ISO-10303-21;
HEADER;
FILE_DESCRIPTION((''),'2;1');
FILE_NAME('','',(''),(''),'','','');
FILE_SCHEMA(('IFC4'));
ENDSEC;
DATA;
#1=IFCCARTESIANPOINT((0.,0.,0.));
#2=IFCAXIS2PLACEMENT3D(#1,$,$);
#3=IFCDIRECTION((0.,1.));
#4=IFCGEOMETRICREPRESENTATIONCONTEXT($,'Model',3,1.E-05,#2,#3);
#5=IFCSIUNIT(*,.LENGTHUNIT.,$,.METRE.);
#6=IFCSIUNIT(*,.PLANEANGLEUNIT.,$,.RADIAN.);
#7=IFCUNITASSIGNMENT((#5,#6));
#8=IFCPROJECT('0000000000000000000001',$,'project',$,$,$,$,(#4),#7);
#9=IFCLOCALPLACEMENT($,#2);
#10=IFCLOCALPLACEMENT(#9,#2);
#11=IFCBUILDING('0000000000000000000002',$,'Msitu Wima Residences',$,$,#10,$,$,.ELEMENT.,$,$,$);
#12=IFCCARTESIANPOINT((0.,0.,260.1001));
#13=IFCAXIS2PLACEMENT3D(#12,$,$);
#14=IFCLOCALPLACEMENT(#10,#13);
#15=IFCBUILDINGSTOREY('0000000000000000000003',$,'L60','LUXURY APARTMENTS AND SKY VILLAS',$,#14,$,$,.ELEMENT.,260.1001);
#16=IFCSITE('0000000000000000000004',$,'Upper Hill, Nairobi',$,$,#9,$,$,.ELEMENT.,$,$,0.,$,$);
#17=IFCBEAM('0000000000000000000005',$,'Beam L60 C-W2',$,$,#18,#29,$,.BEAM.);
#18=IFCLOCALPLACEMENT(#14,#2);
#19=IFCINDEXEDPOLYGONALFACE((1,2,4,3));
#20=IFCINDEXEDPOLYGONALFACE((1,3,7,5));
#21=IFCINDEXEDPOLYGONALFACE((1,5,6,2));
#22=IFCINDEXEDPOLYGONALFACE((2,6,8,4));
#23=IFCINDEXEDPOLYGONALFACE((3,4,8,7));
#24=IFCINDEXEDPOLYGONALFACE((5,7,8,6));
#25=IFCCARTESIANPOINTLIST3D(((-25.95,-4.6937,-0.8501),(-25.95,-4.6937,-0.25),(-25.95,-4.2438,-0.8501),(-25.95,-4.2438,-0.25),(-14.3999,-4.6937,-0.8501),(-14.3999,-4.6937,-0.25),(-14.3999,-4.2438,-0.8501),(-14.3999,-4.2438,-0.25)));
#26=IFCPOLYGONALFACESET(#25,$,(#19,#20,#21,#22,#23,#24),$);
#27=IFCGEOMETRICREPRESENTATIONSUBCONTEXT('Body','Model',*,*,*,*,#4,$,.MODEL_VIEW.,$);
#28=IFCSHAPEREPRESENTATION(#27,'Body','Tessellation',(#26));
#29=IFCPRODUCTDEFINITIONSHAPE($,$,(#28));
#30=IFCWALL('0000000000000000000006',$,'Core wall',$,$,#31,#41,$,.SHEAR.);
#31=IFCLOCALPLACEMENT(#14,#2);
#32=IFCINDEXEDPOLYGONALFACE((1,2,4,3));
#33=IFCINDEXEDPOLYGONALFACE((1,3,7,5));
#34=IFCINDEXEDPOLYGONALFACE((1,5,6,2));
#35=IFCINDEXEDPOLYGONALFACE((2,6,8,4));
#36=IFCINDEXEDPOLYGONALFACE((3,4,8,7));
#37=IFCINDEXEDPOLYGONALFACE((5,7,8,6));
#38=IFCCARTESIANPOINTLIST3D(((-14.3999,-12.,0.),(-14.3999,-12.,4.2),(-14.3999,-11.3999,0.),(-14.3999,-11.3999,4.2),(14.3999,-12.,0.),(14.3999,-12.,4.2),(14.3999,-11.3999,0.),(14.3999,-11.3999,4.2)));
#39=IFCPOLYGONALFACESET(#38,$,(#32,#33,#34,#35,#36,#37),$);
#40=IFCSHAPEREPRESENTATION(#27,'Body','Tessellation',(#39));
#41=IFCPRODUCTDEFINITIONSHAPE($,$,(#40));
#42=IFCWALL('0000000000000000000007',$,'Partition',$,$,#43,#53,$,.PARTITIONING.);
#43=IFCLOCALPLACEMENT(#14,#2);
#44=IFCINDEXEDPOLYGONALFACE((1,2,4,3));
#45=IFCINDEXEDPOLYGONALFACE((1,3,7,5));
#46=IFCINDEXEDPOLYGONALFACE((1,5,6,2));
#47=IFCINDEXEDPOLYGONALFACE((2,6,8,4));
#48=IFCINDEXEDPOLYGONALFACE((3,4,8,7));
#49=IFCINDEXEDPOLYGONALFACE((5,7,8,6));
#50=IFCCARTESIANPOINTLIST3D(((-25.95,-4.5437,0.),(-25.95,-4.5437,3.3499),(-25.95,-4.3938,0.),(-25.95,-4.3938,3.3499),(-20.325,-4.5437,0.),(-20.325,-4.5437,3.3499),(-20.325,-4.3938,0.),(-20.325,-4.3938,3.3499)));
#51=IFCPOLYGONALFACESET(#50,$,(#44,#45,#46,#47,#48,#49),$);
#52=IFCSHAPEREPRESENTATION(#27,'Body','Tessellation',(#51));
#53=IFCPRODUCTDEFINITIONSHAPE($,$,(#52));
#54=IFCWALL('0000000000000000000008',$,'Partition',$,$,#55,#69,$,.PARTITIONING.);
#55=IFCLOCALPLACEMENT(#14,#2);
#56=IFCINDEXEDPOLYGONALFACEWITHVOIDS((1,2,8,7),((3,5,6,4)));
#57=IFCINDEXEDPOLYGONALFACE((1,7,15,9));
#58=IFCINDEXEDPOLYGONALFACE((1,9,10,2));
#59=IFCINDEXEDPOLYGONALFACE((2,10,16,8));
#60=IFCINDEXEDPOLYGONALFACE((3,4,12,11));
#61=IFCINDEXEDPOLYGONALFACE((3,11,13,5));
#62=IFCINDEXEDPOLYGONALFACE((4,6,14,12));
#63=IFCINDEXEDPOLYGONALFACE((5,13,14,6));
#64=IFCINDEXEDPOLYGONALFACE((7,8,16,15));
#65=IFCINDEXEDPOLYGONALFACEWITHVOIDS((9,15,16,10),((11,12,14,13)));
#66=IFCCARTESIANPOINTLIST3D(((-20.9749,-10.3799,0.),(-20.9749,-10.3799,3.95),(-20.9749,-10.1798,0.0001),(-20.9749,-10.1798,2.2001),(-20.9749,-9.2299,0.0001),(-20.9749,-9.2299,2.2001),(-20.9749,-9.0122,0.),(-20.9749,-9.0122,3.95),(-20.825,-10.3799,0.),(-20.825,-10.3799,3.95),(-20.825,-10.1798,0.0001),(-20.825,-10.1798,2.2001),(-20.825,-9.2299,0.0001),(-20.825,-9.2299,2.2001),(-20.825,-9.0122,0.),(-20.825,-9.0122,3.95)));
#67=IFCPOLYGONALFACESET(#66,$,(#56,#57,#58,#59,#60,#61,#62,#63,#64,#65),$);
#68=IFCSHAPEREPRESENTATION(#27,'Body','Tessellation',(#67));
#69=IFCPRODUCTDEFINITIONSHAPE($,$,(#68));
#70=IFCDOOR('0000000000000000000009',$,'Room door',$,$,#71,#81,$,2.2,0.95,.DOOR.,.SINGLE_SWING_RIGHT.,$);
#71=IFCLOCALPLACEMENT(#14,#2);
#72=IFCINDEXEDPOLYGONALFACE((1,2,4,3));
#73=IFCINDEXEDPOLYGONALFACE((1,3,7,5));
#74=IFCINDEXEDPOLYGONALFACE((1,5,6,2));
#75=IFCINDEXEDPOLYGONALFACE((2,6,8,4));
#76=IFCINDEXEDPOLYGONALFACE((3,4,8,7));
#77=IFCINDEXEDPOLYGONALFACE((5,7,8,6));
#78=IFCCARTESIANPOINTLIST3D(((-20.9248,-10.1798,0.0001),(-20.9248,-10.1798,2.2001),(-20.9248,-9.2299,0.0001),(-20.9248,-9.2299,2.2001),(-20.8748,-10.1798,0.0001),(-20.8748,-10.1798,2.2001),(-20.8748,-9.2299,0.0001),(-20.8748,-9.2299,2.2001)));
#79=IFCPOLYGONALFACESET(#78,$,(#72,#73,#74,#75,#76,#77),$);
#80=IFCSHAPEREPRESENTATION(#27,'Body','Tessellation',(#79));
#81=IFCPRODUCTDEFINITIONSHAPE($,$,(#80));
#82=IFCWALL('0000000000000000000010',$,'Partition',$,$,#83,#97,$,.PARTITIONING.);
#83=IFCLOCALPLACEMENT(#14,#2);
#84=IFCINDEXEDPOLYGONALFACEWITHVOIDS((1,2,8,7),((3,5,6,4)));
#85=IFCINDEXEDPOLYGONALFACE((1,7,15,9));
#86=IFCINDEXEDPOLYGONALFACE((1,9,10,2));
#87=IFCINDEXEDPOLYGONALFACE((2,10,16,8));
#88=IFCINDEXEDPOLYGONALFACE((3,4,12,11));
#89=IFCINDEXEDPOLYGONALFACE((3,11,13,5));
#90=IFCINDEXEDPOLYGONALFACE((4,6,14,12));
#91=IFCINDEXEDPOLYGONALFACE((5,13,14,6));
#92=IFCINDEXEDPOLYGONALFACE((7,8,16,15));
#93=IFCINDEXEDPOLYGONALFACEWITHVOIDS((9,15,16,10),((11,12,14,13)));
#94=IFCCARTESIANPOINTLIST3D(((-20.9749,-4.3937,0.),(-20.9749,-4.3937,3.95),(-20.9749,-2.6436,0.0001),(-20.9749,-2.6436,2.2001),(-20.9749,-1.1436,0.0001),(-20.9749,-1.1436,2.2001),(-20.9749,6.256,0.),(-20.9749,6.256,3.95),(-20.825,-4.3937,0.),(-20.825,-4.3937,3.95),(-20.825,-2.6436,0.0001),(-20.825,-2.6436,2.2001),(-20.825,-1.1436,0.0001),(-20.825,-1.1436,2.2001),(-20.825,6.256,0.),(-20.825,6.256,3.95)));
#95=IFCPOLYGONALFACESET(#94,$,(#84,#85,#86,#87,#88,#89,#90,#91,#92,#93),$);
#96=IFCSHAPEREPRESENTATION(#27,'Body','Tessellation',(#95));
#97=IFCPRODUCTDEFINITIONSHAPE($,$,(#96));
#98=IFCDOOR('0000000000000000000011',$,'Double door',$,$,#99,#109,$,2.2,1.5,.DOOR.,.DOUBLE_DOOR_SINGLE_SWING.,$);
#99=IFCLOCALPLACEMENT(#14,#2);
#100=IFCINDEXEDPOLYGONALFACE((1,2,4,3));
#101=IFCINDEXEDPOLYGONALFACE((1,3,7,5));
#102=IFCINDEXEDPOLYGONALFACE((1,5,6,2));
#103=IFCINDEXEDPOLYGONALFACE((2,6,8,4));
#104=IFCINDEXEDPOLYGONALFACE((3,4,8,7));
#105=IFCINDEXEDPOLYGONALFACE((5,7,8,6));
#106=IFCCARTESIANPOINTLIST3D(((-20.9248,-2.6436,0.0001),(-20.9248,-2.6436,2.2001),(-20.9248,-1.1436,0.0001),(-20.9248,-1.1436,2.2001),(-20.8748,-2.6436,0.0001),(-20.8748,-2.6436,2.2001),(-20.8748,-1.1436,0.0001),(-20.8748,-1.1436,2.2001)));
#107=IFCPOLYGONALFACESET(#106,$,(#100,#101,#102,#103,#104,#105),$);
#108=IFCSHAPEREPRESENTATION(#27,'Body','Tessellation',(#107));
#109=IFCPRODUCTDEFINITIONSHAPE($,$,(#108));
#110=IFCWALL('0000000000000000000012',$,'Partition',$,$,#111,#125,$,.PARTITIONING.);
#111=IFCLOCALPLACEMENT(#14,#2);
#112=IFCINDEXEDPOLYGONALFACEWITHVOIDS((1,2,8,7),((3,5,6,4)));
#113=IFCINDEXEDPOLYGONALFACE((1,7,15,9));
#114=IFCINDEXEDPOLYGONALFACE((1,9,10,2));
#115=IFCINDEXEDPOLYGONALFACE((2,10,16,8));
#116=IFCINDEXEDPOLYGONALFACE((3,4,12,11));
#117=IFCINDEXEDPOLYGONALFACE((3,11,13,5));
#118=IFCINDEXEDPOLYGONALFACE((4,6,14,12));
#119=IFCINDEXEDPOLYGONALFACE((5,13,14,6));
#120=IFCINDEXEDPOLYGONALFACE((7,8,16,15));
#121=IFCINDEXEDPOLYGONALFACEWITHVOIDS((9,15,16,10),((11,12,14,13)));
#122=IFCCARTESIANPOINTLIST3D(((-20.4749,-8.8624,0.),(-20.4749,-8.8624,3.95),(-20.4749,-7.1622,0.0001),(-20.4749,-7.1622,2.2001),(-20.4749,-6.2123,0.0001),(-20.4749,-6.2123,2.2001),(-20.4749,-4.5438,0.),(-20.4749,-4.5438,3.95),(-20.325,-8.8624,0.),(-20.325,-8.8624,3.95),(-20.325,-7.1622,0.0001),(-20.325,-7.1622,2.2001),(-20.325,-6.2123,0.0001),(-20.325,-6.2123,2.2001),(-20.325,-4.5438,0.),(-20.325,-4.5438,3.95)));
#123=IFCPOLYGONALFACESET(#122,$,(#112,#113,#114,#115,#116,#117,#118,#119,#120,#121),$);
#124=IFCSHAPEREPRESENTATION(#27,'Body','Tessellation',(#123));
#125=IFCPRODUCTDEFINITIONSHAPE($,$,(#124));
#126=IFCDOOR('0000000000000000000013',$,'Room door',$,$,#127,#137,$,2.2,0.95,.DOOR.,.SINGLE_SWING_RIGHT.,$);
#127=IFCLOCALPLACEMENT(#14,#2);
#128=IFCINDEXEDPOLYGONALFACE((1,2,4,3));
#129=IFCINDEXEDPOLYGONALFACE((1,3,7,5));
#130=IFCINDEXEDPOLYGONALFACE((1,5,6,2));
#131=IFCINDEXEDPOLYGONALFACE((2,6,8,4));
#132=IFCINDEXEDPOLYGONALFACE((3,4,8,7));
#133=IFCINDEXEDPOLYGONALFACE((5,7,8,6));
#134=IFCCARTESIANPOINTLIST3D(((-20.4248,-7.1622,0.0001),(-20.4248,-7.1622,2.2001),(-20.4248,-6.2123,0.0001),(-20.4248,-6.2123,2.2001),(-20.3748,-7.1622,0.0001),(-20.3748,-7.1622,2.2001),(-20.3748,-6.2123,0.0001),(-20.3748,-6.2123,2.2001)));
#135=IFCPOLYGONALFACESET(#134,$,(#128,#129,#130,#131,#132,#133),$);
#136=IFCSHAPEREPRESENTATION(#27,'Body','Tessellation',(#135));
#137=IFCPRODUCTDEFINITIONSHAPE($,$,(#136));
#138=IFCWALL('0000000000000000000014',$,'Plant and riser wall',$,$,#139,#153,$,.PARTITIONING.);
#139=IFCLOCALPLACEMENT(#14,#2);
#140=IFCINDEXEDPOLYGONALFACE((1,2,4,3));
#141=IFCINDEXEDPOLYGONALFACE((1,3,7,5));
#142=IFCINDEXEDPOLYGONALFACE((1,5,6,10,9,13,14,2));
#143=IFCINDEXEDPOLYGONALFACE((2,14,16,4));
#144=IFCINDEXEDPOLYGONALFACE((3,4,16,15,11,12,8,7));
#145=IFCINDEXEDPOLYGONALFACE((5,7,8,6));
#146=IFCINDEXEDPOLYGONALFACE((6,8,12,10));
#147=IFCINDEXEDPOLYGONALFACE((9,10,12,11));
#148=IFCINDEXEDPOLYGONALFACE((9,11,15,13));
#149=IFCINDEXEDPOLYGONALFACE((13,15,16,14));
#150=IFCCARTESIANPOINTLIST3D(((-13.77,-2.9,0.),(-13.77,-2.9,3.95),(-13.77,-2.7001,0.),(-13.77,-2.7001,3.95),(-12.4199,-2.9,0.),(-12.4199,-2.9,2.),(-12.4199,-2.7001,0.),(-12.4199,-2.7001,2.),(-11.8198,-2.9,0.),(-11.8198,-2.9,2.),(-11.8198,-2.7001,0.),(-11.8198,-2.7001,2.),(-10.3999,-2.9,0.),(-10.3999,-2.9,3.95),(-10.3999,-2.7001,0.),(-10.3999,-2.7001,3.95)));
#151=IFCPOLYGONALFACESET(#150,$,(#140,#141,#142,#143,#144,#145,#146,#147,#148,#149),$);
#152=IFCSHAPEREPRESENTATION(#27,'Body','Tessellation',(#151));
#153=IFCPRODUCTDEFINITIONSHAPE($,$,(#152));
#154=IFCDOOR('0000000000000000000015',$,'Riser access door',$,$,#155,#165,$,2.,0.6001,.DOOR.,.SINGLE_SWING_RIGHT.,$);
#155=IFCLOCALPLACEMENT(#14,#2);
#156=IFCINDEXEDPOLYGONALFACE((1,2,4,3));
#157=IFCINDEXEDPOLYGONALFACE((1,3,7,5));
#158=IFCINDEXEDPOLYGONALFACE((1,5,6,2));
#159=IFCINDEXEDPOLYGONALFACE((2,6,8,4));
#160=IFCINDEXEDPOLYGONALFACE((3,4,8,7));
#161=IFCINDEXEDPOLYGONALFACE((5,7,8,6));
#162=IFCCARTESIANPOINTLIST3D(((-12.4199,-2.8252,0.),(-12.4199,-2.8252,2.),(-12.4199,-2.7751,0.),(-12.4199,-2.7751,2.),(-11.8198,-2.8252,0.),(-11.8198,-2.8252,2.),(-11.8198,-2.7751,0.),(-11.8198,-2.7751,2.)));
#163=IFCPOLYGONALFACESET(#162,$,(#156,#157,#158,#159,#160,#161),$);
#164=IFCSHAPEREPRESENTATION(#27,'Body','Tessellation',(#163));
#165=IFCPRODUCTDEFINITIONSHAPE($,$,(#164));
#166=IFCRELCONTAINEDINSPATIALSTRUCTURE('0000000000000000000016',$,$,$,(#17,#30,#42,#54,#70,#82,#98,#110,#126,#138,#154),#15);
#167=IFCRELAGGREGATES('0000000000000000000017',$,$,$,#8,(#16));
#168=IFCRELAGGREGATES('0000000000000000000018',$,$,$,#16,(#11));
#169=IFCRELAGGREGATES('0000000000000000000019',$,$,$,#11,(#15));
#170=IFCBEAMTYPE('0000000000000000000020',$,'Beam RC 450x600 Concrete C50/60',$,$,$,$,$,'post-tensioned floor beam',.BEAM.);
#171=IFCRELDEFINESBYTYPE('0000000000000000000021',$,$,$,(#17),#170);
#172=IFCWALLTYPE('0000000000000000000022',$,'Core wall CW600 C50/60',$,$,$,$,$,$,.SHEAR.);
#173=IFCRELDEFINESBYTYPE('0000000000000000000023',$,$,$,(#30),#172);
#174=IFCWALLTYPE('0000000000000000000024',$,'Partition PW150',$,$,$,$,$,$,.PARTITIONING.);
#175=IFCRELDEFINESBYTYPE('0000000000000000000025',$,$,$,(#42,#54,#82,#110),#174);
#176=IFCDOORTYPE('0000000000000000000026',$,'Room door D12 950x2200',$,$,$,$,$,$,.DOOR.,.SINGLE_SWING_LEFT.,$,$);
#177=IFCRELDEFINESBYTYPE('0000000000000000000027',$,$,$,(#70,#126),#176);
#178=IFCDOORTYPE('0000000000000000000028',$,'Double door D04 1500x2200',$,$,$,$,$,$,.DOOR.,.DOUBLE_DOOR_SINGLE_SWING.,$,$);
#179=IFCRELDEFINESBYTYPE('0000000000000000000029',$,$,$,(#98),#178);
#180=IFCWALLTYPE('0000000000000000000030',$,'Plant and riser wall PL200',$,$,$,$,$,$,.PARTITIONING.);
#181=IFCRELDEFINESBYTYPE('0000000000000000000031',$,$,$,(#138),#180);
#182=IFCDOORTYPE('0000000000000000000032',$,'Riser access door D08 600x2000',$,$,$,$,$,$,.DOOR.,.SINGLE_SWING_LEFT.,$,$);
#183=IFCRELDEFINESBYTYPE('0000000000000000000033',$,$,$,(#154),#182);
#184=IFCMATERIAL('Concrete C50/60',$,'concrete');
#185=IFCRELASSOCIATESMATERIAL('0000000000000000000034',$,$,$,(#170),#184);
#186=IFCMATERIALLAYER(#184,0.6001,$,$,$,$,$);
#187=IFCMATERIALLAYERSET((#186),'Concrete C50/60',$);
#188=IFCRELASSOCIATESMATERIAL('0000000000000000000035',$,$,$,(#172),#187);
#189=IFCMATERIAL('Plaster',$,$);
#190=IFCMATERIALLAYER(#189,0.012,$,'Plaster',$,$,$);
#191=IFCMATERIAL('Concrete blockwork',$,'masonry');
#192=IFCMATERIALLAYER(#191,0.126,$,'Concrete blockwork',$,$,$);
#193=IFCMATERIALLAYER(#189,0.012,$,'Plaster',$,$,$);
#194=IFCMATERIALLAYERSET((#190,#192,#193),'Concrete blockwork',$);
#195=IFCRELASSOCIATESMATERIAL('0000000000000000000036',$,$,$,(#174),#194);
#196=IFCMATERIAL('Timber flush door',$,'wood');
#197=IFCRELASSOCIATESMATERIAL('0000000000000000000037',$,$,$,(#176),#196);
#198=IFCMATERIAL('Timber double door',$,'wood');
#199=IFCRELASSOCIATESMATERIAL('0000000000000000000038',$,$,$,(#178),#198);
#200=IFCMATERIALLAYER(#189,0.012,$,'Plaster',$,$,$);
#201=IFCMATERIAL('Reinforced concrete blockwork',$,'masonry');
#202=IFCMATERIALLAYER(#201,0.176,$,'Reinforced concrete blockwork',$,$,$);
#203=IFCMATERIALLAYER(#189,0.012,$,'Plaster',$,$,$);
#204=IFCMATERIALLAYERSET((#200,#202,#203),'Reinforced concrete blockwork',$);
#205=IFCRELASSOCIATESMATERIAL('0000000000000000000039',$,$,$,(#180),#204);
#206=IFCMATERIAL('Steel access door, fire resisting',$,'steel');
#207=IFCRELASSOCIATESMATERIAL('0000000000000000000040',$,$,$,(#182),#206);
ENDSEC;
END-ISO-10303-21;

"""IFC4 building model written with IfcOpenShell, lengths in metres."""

from ifc_helpers import new_model, si_unit, direction, frame, frame_2d, origin, origin_2d, place, context, subcontext, project, spatial, rectangle, extrude, material, layer, layer_set, material_profile, profile_set, type_object, element, fill, save


model = new_model("IFC4")

# Units and contexts
model_context = context("Model", 3, precision=1e-05, world=origin(), true_north=direction((0.0, 1.0)))
body_context = subcontext(model_context, "Body", "Model", "MODEL_VIEW")
ifc_project = project(units=[si_unit("LENGTHUNIT", "METRE"), si_unit("PLANEANGLEUNIT", "RADIAN")], contexts=[model_context])

# Site, building, storey
site_placement = place(None, origin())
site = spatial("IfcSite", under=ifc_project, at=site_placement, Name="Upper Hill, Nairobi", CompositionType="ELEMENT", RefElevation=0.0)
building_placement = place(site_placement, origin())
building = spatial("IfcBuilding", under=site, at=building_placement, Name="Msitu Wima Residences", CompositionType="ELEMENT")
storey_placement = place(building_placement, frame((0.0, 0.0, 260.1001)))
storey = spatial("IfcBuildingStorey", under=building, at=storey_placement, Name="L60", Description="LUXURY APARTMENTS AND SKY VILLAS", CompositionType="ELEMENT", Elevation=260.1001)

# Beam
ifc_material_1 = material(Name="Concrete C50/60", Category="concrete")
ifc_material_profile = material_profile(ifc_material_1, rectangle(XDim=0.45, YDim=0.6001, at=origin_2d()), Name="RC 450x600")
ifc_profile_set = profile_set([ifc_material_profile], Name="Concrete C50/60")
beam_type = type_object("IfcBeamType", Name="Beam RC 450x600 Concrete C50/60", ElementType="post-tensioned floor beam", PredefinedType="BEAM", material=ifc_profile_set)
beam_placement = place(storey_placement, frame((-25.95, -4.4688, -0.55), z_axis=(1.0, 0.0, 0.0), x_axis=(0.0, 1.0, 0.0)))
element("IfcBeam", 1, at=beam_placement, inside=storey, type_object=beam_type, Name="Beam L60 C-W2", PredefinedType="BEAM", context=body_context, shape_type="SweptSolid", body=[
    extrude(rectangle(XDim=0.45, YDim=0.6001, at=origin_2d()), origin(), (0.0, 0.0, 1.0), 11.55),
])

# Wall
ifc_layer_1 = layer(ifc_material_1, 0.6001)
ifc_layer_set_1 = layer_set([ifc_layer_1], Name="Concrete C50/60")
wall_type_1 = type_object("IfcWallType", Name="Core wall CW600 C50/60", PredefinedType="SHEAR", material=ifc_layer_set_1)
wall_1_placement = place(storey_placement, frame((-14.3999, -11.7, 0.0), z_axis=(0.0, 0.0, 1.0), x_axis=(1.0, 0.0, 0.0)))
element("IfcWall", 2, at=wall_1_placement, inside=storey, type_object=wall_type_1, Name="Core wall", PredefinedType="SHEAR", context=body_context, shape_type="SweptSolid", body=[
    extrude(rectangle(XDim=28.7998, YDim=0.6001, at=frame_2d((14.3999, 0.0))), origin(), (0.0, 0.0, 1.0), 4.2),
])

# Wall
ifc_material_2 = material(Name="Plaster")
ifc_layer_2 = layer(ifc_material_2, 0.012, Name="Plaster")
ifc_material_3 = material(Name="Concrete blockwork", Category="masonry")
ifc_layer_3 = layer(ifc_material_3, 0.126, Name="Concrete blockwork")
ifc_layer_4 = layer(ifc_material_2, 0.012, Name="Plaster")
ifc_layer_set_2 = layer_set([ifc_layer_2, ifc_layer_3, ifc_layer_4], Name="Concrete blockwork")
wall_type_2 = type_object("IfcWallType", Name="Partition PW150", PredefinedType="PARTITIONING", material=ifc_layer_set_2)
wall_2_placement = place(storey_placement, frame((-25.95, -4.4688, 0.0), z_axis=(0.0, 0.0, 1.0), x_axis=(1.0, 0.0, 0.0)))
element("IfcWall", 3, at=wall_2_placement, inside=storey, type_object=wall_type_2, Name="Partition", PredefinedType="PARTITIONING", context=body_context, shape_type="SweptSolid", body=[
    extrude(rectangle(XDim=5.625, YDim=0.1499, at=frame_2d((2.8125, 0.0))), origin(), (0.0, 0.0, 1.0), 3.3499),
])

# Walls, openings, doors
wall_3_placement = place(storey_placement, frame((-20.8999, -10.3799, 0.0), z_axis=(0.0, 0.0, 1.0), x_axis=(0.0, 1.0, 0.0)))
wall_3 = element("IfcWall", 4, at=wall_3_placement, inside=storey, type_object=wall_type_2, Name="Partition", PredefinedType="PARTITIONING", context=body_context, shape_type="SweptSolid", body=[
    extrude(rectangle(XDim=1.3677, YDim=0.1499, at=frame_2d((0.6838, 0.0))), origin(), (0.0, 0.0, 1.0), 3.95),
])
opening_1_placement = place(wall_3_placement, frame((0.2, 0.0, 0.0)))
opening_1 = element("IfcOpeningElement", 5, at=opening_1_placement, cuts=wall_3, PredefinedType="OPENING", context=body_context, shape_type="SweptSolid", body=[
    extrude(rectangle(XDim=0.95, YDim=2.2, at=frame_2d((0.4751, 1.1001))), frame((0.0, 0.085, 0.0), z_axis=(0.0, -1.0, 0.0), x_axis=(1.0, 0.0, 0.0)), (0.0, 0.0, 1.0), 0.1699),
])
ifc_material_4 = material(Name="Timber flush door", Category="wood")
door_type_1 = type_object("IfcDoorType", Name="Room door D12 950x2200", OperationType="SINGLE_SWING_LEFT", PredefinedType="DOOR", material=ifc_material_4)
door_1_placement = place(opening_1_placement, origin())
door_1 = element("IfcDoor", 6, at=door_1_placement, inside=storey, type_object=door_type_1, Name="Room door", OperationType="SINGLE_SWING_RIGHT", OverallHeight=2.2, OverallWidth=0.95, PredefinedType="DOOR", context=body_context, shape_type="SweptSolid", body=[
    extrude(rectangle(XDim=0.95, YDim=2.2, at=frame_2d((0.4751, 1.1001))), frame((0.0, 0.0249, 0.0), z_axis=(0.0, -1.0, 0.0), x_axis=(1.0, 0.0, 0.0)), (0.0, 0.0, 1.0), 0.05),
])
fill(opening_1, door_1)
wall_4_placement = place(storey_placement, frame((-20.8999, -4.3936, 0.0), z_axis=(0.0, 0.0, 1.0), x_axis=(0.0, 1.0, 0.0)))
wall_4 = element("IfcWall", 7, at=wall_4_placement, inside=storey, type_object=wall_type_2, Name="Partition", PredefinedType="PARTITIONING", context=body_context, shape_type="SweptSolid", body=[
    extrude(rectangle(XDim=10.6497, YDim=0.1499, at=frame_2d((5.3247, 0.0))), origin(), (0.0, 0.0, 1.0), 3.95),
])
opening_2_placement = place(wall_4_placement, frame((1.75, 0.0, 0.0)))
opening_2 = element("IfcOpeningElement", 8, at=opening_2_placement, cuts=wall_4, PredefinedType="OPENING", context=body_context, shape_type="SweptSolid", body=[
    extrude(rectangle(XDim=1.5, YDim=2.2, at=frame_2d((0.75, 1.1001))), frame((0.0, 0.085, 0.0), z_axis=(0.0, -1.0, 0.0), x_axis=(1.0, 0.0, 0.0)), (0.0, 0.0, 1.0), 0.1699),
])
ifc_material_5 = material(Name="Timber double door", Category="wood")
door_type_2 = type_object("IfcDoorType", Name="Double door D04 1500x2200", OperationType="DOUBLE_DOOR_SINGLE_SWING", PredefinedType="DOOR", material=ifc_material_5)
door_2_placement = place(opening_2_placement, origin())
door_2 = element("IfcDoor", 9, at=door_2_placement, inside=storey, type_object=door_type_2, Name="Double door", OperationType="DOUBLE_DOOR_SINGLE_SWING", OverallHeight=2.2, OverallWidth=1.5, PredefinedType="DOOR", context=body_context, shape_type="SweptSolid", body=[
    extrude(rectangle(XDim=1.5, YDim=2.2, at=frame_2d((0.75, 1.1001))), frame((0.0, 0.0249, 0.0), z_axis=(0.0, -1.0, 0.0), x_axis=(1.0, 0.0, 0.0)), (0.0, 0.0, 1.0), 0.05),
])
fill(opening_2, door_2)
wall_5_placement = place(storey_placement, frame((-20.3999, -8.8623, 0.0), z_axis=(0.0, 0.0, 1.0), x_axis=(0.0, 1.0, 0.0)))
wall_5 = element("IfcWall", 10, at=wall_5_placement, inside=storey, type_object=wall_type_2, Name="Partition", PredefinedType="PARTITIONING", context=body_context, shape_type="SweptSolid", body=[
    extrude(rectangle(XDim=4.3186, YDim=0.1499, at=frame_2d((2.1592, 0.0))), origin(), (0.0, 0.0, 1.0), 3.95),
])
opening_3_placement = place(wall_5_placement, frame((1.7, 0.0, 0.0)))
opening_3 = element("IfcOpeningElement", 11, at=opening_3_placement, cuts=wall_5, PredefinedType="OPENING", context=body_context, shape_type="SweptSolid", body=[
    extrude(rectangle(XDim=0.95, YDim=2.2, at=frame_2d((0.4751, 1.1001))), frame((0.0, 0.085, 0.0), z_axis=(0.0, -1.0, 0.0), x_axis=(1.0, 0.0, 0.0)), (0.0, 0.0, 1.0), 0.1699),
])
door_3_placement = place(opening_3_placement, origin())
door_3 = element("IfcDoor", 12, at=door_3_placement, inside=storey, type_object=door_type_1, Name="Room door", OperationType="SINGLE_SWING_RIGHT", OverallHeight=2.2, OverallWidth=0.95, PredefinedType="DOOR", context=body_context, shape_type="SweptSolid", body=[
    extrude(rectangle(XDim=0.95, YDim=2.2, at=frame_2d((0.4751, 1.1001))), frame((0.0, 0.0249, 0.0), z_axis=(0.0, -1.0, 0.0), x_axis=(1.0, 0.0, 0.0)), (0.0, 0.0, 1.0), 0.05),
])
fill(opening_3, door_3)
ifc_layer_5 = layer(ifc_material_2, 0.012, Name="Plaster")
ifc_material_6 = material(Name="Reinforced concrete blockwork", Category="masonry")
ifc_layer_6 = layer(ifc_material_6, 0.176, Name="Reinforced concrete blockwork")
ifc_layer_7 = layer(ifc_material_2, 0.012, Name="Plaster")
ifc_layer_set_3 = layer_set([ifc_layer_5, ifc_layer_6, ifc_layer_7], Name="Reinforced concrete blockwork")
wall_type_3 = type_object("IfcWallType", Name="Plant and riser wall PL200", PredefinedType="PARTITIONING", material=ifc_layer_set_3)
wall_6_placement = place(storey_placement, frame((-13.77, -2.8, 0.0), z_axis=(0.0, 0.0, 1.0), x_axis=(1.0, 0.0, 0.0)))
wall_6 = element("IfcWall", 13, at=wall_6_placement, inside=storey, type_object=wall_type_3, Name="Plant and riser wall", PredefinedType="PARTITIONING", context=body_context, shape_type="SweptSolid", body=[
    extrude(rectangle(XDim=3.3701, YDim=0.2, at=frame_2d((1.6851, 0.0))), origin(), (0.0, 0.0, 1.0), 3.95),
])
opening_4_placement = place(wall_6_placement, frame((1.3501, 0.0, 0.0)))
opening_4 = element("IfcOpeningElement", 14, at=opening_4_placement, cuts=wall_6, PredefinedType="OPENING", context=body_context, shape_type="SweptSolid", body=[
    extrude(rectangle(XDim=0.6001, YDim=2.0, at=frame_2d((0.3, 1.0))), frame((0.0, 0.1099, 0.0), z_axis=(0.0, -1.0, 0.0), x_axis=(1.0, 0.0, 0.0)), (0.0, 0.0, 1.0), 0.22),
])
ifc_material_7 = material(Name="Steel access door, fire resisting", Category="steel")
door_type_3 = type_object("IfcDoorType", Name="Riser access door D08 600x2000", OperationType="SINGLE_SWING_LEFT", PredefinedType="DOOR", material=ifc_material_7)
door_4_placement = place(opening_4_placement, origin())
door_4 = element("IfcDoor", 15, at=door_4_placement, inside=storey, type_object=door_type_3, Name="Riser access door", OperationType="SINGLE_SWING_RIGHT", OverallHeight=2.0, OverallWidth=0.6001, PredefinedType="DOOR", context=body_context, shape_type="SweptSolid", body=[
    extrude(rectangle(XDim=0.6001, YDim=2.0, at=frame_2d((0.3, 1.0))), frame((0.0, 0.0249, 0.0), z_axis=(0.0, -1.0, 0.0), x_axis=(1.0, 0.0, 0.0)), (0.0, 0.0, 1.0), 0.05),
])
fill(opening_4, door_4)

save(model, "model.ifc")
